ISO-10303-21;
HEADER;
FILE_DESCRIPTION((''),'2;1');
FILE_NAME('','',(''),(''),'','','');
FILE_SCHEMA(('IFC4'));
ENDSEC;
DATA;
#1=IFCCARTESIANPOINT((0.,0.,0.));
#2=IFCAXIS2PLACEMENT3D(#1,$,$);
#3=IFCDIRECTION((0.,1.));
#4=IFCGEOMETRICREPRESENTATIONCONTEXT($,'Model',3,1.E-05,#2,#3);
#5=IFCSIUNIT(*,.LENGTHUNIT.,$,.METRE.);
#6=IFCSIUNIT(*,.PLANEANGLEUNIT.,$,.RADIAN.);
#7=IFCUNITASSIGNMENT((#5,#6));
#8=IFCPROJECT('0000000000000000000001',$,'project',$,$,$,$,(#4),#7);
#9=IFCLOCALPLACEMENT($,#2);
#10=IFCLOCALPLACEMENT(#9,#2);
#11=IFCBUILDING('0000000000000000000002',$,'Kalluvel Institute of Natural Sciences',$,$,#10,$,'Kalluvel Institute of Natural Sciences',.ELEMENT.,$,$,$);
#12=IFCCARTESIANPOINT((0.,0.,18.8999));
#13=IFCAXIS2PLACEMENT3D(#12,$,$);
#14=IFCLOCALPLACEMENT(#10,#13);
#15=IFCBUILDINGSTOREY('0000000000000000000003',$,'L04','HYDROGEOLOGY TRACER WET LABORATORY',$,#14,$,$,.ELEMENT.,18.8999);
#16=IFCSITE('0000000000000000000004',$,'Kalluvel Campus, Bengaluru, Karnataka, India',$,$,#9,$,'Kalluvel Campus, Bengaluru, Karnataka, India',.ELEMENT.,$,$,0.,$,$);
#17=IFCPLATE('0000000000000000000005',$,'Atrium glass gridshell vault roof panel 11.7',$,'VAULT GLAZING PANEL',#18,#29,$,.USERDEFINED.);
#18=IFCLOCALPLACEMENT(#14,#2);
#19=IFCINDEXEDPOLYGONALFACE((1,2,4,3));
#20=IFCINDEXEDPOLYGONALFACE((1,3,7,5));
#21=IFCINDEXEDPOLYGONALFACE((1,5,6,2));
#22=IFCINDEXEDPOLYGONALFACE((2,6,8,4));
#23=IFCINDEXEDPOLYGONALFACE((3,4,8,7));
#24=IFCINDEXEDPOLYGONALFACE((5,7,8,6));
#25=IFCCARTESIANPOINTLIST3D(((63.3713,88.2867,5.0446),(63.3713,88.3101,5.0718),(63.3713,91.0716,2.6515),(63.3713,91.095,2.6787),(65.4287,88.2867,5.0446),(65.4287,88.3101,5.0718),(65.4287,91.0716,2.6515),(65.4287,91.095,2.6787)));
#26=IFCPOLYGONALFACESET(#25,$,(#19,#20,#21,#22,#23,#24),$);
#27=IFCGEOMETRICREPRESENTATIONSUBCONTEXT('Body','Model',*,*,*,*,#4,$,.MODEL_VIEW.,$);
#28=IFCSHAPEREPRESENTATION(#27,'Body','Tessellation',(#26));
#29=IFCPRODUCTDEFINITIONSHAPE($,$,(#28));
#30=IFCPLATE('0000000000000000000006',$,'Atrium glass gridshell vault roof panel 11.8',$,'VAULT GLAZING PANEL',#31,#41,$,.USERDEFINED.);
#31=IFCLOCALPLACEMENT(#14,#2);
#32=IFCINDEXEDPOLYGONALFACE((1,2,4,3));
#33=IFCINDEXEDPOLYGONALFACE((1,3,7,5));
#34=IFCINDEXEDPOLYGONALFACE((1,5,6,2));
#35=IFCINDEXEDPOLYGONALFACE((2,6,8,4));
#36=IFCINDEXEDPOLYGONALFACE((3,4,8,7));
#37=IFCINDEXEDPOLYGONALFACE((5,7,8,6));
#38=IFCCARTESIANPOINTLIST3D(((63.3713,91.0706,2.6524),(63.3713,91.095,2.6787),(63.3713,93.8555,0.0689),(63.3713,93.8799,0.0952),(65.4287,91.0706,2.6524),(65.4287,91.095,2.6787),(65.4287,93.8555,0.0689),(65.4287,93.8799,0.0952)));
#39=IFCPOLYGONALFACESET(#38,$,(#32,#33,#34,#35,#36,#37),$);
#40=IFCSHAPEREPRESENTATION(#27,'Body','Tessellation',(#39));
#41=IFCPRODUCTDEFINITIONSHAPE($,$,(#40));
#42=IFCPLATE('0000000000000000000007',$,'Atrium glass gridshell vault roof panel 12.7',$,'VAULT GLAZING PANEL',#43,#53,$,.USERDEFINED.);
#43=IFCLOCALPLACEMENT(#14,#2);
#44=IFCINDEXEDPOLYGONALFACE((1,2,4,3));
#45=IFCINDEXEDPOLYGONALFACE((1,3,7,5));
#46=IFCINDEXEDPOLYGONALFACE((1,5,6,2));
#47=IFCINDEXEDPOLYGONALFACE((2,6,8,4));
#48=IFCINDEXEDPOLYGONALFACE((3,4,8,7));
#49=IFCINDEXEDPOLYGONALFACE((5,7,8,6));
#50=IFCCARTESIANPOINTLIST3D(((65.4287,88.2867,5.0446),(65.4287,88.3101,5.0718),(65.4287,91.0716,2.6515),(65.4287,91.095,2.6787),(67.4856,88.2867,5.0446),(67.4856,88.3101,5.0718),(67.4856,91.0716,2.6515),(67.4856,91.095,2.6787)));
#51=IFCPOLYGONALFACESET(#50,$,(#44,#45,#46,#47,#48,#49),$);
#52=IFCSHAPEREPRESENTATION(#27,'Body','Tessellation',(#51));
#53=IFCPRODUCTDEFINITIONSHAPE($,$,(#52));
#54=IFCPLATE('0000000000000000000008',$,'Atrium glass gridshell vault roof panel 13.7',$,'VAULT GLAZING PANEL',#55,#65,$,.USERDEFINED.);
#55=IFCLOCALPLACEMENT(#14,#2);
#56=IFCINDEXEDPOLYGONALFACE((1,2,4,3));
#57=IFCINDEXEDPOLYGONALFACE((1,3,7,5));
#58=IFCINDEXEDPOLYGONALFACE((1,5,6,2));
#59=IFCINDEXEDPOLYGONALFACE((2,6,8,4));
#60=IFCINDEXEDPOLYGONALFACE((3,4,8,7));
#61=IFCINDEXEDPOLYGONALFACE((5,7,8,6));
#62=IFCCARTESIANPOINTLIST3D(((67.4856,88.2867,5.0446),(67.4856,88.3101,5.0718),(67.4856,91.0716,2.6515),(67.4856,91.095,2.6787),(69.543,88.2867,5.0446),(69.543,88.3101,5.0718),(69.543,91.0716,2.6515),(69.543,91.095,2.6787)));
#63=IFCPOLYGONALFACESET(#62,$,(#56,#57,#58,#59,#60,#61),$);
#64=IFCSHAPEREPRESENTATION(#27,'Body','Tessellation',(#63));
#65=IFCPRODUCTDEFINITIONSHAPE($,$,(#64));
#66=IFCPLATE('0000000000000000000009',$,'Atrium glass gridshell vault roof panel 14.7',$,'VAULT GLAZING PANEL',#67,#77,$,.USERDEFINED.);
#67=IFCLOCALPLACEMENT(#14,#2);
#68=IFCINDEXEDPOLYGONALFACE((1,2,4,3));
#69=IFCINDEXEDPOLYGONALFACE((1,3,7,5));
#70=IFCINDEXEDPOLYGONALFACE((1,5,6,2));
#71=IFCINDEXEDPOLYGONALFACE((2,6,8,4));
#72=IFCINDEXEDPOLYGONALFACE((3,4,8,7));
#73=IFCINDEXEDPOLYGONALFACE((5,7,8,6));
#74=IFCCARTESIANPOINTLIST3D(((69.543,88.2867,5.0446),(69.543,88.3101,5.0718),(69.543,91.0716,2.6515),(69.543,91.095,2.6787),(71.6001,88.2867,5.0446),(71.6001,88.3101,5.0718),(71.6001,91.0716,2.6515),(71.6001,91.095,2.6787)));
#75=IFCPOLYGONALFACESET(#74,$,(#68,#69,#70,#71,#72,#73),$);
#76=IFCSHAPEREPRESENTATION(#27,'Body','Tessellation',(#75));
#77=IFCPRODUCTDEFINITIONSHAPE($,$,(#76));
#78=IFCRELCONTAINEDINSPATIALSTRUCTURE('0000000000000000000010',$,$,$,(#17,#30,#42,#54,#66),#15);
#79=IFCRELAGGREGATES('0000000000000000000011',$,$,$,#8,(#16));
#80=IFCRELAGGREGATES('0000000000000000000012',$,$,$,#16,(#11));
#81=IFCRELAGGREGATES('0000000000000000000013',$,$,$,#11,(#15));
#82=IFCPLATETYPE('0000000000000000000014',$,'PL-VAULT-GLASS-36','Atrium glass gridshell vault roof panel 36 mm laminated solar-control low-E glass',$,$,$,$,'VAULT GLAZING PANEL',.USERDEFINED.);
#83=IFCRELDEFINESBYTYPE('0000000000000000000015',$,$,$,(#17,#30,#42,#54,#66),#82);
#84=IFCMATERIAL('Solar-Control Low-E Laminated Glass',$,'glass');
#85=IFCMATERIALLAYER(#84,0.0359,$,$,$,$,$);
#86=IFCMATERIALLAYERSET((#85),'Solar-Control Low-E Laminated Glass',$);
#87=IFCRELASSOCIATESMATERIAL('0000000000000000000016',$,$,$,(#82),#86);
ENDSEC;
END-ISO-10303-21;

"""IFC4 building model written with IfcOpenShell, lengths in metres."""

from ifc_helpers import new_model, si_unit, direction, frame, origin, place, context, subcontext, project, spatial, polyline, outline, extrude, material, layer, layer_set, type_object, element, save


model = new_model("IFC4")

# Units and contexts
model_context = context("Model", 3, precision=1e-05, world=origin(), true_north=direction((0.0, 1.0)))
body_context = subcontext(model_context, "Body", "Model", "MODEL_VIEW")
ifc_project = project(units=[si_unit("LENGTHUNIT", "METRE"), si_unit("PLANEANGLEUNIT", "RADIAN")], contexts=[model_context])

# Site, building, storey
site_placement = place(None, origin())
site = spatial("IfcSite", under=ifc_project, at=site_placement, Name="Kalluvel Campus, Bengaluru, Karnataka, India", LongName="Kalluvel Campus, Bengaluru, Karnataka, India", CompositionType="ELEMENT", RefElevation=0.0)
building_placement = place(site_placement, origin())
building = spatial("IfcBuilding", under=site, at=building_placement, Name="Kalluvel Institute of Natural Sciences", LongName="Kalluvel Institute of Natural Sciences", CompositionType="ELEMENT")
storey_placement = place(building_placement, frame((0.0, 0.0, 18.8999)))
storey = spatial("IfcBuildingStorey", under=building, at=storey_placement, Name="L04", Description="HYDROGEOLOGY TRACER WET LABORATORY", CompositionType="ELEMENT", Elevation=18.8999)

# Plates
ifc_material_1 = material(Name="Solar-Control Low-E Laminated Glass", Category="glass")
ifc_layer_1 = layer(ifc_material_1, 0.0359)
ifc_layer_set_1 = layer_set([ifc_layer_1], Name="Solar-Control Low-E Laminated Glass")
plate_type_1 = type_object("IfcPlateType", Name="PL-VAULT-GLASS-36", Description="Atrium glass gridshell vault roof panel 36 mm laminated solar-control low-E glass", ElementType="VAULT GLAZING PANEL", PredefinedType="USERDEFINED", material=ifc_layer_set_1)
plate_1_placement = place(storey_placement, frame((63.3713, 88.3101, 5.0718), z_axis=(0.0, 0.651733, 0.758449), x_axis=(1.0, 0.0, 0.0)))
element("IfcPlate", 1, at=plate_1_placement, inside=storey, type_object=plate_type_1, Name="Atrium glass gridshell vault roof panel 11.7", ObjectType="VAULT GLAZING PANEL", PredefinedType="USERDEFINED", context=body_context, shape_type="SweptSolid", body=[
    extrude(outline(polyline([(0.0, 0.0), (2.0574, 0.0), (2.0574, 3.6719), (0.0, 3.6719), (0.0, 0.0)])), origin(), (0.0, 0.0, -1.0), 0.0359),
])
plate_2_placement = place(storey_placement, frame((63.3713, 91.095, 2.6787), z_axis=(0.0, 0.680099, 0.733121), x_axis=(1.0, 0.0, 0.0)))
element("IfcPlate", 2, at=plate_2_placement, inside=storey, type_object=plate_type_1, Name="Atrium glass gridshell vault roof panel 11.8", ObjectType="VAULT GLAZING PANEL", PredefinedType="USERDEFINED", context=body_context, shape_type="SweptSolid", body=[
    extrude(outline(polyline([(0.0, 0.0), (2.0574, 0.0), (2.0574, 3.7987), (0.0, 3.7987), (0.0, 0.0)])), origin(), (0.0, 0.0, -1.0), 0.0359),
])
plate_3_placement = place(storey_placement, frame((65.4287, 88.3101, 5.0718), z_axis=(0.0, 0.651733, 0.758449), x_axis=(1.0, 0.0, 0.0)))
element("IfcPlate", 3, at=plate_3_placement, inside=storey, type_object=plate_type_1, Name="Atrium glass gridshell vault roof panel 12.7", ObjectType="VAULT GLAZING PANEL", PredefinedType="USERDEFINED", context=body_context, shape_type="SweptSolid", body=[
    extrude(outline(polyline([(0.0, 0.0), (2.0569, 0.0), (2.0569, 3.6719), (0.0, 3.6719), (0.0, 0.0)])), origin(), (0.0, 0.0, -1.0), 0.0359),
])
plate_4_placement = place(storey_placement, frame((67.4856, 88.3101, 5.0718), z_axis=(0.0, 0.651733, 0.758449), x_axis=(1.0, 0.0, 0.0)))
element("IfcPlate", 4, at=plate_4_placement, inside=storey, type_object=plate_type_1, Name="Atrium glass gridshell vault roof panel 13.7", ObjectType="VAULT GLAZING PANEL", PredefinedType="USERDEFINED", context=body_context, shape_type="SweptSolid", body=[
    extrude(outline(polyline([(0.0, 0.0), (2.0574, 0.0), (2.0574, 3.6719), (0.0, 3.6719), (0.0, 0.0)])), origin(), (0.0, 0.0, -1.0), 0.0359),
])
plate_5_placement = place(storey_placement, frame((69.543, 88.3101, 5.0718), z_axis=(0.0, 0.651733, 0.758449), x_axis=(1.0, 0.0, 0.0)))
element("IfcPlate", 5, at=plate_5_placement, inside=storey, type_object=plate_type_1, Name="Atrium glass gridshell vault roof panel 14.7", ObjectType="VAULT GLAZING PANEL", PredefinedType="USERDEFINED", context=body_context, shape_type="SweptSolid", body=[
    extrude(outline(polyline([(0.0, 0.0), (2.0571, 0.0), (2.0571, 3.6719), (0.0, 3.6719), (0.0, 0.0)])), origin(), (0.0, 0.0, -1.0), 0.0359),
])

save(model, "model.ifc")
